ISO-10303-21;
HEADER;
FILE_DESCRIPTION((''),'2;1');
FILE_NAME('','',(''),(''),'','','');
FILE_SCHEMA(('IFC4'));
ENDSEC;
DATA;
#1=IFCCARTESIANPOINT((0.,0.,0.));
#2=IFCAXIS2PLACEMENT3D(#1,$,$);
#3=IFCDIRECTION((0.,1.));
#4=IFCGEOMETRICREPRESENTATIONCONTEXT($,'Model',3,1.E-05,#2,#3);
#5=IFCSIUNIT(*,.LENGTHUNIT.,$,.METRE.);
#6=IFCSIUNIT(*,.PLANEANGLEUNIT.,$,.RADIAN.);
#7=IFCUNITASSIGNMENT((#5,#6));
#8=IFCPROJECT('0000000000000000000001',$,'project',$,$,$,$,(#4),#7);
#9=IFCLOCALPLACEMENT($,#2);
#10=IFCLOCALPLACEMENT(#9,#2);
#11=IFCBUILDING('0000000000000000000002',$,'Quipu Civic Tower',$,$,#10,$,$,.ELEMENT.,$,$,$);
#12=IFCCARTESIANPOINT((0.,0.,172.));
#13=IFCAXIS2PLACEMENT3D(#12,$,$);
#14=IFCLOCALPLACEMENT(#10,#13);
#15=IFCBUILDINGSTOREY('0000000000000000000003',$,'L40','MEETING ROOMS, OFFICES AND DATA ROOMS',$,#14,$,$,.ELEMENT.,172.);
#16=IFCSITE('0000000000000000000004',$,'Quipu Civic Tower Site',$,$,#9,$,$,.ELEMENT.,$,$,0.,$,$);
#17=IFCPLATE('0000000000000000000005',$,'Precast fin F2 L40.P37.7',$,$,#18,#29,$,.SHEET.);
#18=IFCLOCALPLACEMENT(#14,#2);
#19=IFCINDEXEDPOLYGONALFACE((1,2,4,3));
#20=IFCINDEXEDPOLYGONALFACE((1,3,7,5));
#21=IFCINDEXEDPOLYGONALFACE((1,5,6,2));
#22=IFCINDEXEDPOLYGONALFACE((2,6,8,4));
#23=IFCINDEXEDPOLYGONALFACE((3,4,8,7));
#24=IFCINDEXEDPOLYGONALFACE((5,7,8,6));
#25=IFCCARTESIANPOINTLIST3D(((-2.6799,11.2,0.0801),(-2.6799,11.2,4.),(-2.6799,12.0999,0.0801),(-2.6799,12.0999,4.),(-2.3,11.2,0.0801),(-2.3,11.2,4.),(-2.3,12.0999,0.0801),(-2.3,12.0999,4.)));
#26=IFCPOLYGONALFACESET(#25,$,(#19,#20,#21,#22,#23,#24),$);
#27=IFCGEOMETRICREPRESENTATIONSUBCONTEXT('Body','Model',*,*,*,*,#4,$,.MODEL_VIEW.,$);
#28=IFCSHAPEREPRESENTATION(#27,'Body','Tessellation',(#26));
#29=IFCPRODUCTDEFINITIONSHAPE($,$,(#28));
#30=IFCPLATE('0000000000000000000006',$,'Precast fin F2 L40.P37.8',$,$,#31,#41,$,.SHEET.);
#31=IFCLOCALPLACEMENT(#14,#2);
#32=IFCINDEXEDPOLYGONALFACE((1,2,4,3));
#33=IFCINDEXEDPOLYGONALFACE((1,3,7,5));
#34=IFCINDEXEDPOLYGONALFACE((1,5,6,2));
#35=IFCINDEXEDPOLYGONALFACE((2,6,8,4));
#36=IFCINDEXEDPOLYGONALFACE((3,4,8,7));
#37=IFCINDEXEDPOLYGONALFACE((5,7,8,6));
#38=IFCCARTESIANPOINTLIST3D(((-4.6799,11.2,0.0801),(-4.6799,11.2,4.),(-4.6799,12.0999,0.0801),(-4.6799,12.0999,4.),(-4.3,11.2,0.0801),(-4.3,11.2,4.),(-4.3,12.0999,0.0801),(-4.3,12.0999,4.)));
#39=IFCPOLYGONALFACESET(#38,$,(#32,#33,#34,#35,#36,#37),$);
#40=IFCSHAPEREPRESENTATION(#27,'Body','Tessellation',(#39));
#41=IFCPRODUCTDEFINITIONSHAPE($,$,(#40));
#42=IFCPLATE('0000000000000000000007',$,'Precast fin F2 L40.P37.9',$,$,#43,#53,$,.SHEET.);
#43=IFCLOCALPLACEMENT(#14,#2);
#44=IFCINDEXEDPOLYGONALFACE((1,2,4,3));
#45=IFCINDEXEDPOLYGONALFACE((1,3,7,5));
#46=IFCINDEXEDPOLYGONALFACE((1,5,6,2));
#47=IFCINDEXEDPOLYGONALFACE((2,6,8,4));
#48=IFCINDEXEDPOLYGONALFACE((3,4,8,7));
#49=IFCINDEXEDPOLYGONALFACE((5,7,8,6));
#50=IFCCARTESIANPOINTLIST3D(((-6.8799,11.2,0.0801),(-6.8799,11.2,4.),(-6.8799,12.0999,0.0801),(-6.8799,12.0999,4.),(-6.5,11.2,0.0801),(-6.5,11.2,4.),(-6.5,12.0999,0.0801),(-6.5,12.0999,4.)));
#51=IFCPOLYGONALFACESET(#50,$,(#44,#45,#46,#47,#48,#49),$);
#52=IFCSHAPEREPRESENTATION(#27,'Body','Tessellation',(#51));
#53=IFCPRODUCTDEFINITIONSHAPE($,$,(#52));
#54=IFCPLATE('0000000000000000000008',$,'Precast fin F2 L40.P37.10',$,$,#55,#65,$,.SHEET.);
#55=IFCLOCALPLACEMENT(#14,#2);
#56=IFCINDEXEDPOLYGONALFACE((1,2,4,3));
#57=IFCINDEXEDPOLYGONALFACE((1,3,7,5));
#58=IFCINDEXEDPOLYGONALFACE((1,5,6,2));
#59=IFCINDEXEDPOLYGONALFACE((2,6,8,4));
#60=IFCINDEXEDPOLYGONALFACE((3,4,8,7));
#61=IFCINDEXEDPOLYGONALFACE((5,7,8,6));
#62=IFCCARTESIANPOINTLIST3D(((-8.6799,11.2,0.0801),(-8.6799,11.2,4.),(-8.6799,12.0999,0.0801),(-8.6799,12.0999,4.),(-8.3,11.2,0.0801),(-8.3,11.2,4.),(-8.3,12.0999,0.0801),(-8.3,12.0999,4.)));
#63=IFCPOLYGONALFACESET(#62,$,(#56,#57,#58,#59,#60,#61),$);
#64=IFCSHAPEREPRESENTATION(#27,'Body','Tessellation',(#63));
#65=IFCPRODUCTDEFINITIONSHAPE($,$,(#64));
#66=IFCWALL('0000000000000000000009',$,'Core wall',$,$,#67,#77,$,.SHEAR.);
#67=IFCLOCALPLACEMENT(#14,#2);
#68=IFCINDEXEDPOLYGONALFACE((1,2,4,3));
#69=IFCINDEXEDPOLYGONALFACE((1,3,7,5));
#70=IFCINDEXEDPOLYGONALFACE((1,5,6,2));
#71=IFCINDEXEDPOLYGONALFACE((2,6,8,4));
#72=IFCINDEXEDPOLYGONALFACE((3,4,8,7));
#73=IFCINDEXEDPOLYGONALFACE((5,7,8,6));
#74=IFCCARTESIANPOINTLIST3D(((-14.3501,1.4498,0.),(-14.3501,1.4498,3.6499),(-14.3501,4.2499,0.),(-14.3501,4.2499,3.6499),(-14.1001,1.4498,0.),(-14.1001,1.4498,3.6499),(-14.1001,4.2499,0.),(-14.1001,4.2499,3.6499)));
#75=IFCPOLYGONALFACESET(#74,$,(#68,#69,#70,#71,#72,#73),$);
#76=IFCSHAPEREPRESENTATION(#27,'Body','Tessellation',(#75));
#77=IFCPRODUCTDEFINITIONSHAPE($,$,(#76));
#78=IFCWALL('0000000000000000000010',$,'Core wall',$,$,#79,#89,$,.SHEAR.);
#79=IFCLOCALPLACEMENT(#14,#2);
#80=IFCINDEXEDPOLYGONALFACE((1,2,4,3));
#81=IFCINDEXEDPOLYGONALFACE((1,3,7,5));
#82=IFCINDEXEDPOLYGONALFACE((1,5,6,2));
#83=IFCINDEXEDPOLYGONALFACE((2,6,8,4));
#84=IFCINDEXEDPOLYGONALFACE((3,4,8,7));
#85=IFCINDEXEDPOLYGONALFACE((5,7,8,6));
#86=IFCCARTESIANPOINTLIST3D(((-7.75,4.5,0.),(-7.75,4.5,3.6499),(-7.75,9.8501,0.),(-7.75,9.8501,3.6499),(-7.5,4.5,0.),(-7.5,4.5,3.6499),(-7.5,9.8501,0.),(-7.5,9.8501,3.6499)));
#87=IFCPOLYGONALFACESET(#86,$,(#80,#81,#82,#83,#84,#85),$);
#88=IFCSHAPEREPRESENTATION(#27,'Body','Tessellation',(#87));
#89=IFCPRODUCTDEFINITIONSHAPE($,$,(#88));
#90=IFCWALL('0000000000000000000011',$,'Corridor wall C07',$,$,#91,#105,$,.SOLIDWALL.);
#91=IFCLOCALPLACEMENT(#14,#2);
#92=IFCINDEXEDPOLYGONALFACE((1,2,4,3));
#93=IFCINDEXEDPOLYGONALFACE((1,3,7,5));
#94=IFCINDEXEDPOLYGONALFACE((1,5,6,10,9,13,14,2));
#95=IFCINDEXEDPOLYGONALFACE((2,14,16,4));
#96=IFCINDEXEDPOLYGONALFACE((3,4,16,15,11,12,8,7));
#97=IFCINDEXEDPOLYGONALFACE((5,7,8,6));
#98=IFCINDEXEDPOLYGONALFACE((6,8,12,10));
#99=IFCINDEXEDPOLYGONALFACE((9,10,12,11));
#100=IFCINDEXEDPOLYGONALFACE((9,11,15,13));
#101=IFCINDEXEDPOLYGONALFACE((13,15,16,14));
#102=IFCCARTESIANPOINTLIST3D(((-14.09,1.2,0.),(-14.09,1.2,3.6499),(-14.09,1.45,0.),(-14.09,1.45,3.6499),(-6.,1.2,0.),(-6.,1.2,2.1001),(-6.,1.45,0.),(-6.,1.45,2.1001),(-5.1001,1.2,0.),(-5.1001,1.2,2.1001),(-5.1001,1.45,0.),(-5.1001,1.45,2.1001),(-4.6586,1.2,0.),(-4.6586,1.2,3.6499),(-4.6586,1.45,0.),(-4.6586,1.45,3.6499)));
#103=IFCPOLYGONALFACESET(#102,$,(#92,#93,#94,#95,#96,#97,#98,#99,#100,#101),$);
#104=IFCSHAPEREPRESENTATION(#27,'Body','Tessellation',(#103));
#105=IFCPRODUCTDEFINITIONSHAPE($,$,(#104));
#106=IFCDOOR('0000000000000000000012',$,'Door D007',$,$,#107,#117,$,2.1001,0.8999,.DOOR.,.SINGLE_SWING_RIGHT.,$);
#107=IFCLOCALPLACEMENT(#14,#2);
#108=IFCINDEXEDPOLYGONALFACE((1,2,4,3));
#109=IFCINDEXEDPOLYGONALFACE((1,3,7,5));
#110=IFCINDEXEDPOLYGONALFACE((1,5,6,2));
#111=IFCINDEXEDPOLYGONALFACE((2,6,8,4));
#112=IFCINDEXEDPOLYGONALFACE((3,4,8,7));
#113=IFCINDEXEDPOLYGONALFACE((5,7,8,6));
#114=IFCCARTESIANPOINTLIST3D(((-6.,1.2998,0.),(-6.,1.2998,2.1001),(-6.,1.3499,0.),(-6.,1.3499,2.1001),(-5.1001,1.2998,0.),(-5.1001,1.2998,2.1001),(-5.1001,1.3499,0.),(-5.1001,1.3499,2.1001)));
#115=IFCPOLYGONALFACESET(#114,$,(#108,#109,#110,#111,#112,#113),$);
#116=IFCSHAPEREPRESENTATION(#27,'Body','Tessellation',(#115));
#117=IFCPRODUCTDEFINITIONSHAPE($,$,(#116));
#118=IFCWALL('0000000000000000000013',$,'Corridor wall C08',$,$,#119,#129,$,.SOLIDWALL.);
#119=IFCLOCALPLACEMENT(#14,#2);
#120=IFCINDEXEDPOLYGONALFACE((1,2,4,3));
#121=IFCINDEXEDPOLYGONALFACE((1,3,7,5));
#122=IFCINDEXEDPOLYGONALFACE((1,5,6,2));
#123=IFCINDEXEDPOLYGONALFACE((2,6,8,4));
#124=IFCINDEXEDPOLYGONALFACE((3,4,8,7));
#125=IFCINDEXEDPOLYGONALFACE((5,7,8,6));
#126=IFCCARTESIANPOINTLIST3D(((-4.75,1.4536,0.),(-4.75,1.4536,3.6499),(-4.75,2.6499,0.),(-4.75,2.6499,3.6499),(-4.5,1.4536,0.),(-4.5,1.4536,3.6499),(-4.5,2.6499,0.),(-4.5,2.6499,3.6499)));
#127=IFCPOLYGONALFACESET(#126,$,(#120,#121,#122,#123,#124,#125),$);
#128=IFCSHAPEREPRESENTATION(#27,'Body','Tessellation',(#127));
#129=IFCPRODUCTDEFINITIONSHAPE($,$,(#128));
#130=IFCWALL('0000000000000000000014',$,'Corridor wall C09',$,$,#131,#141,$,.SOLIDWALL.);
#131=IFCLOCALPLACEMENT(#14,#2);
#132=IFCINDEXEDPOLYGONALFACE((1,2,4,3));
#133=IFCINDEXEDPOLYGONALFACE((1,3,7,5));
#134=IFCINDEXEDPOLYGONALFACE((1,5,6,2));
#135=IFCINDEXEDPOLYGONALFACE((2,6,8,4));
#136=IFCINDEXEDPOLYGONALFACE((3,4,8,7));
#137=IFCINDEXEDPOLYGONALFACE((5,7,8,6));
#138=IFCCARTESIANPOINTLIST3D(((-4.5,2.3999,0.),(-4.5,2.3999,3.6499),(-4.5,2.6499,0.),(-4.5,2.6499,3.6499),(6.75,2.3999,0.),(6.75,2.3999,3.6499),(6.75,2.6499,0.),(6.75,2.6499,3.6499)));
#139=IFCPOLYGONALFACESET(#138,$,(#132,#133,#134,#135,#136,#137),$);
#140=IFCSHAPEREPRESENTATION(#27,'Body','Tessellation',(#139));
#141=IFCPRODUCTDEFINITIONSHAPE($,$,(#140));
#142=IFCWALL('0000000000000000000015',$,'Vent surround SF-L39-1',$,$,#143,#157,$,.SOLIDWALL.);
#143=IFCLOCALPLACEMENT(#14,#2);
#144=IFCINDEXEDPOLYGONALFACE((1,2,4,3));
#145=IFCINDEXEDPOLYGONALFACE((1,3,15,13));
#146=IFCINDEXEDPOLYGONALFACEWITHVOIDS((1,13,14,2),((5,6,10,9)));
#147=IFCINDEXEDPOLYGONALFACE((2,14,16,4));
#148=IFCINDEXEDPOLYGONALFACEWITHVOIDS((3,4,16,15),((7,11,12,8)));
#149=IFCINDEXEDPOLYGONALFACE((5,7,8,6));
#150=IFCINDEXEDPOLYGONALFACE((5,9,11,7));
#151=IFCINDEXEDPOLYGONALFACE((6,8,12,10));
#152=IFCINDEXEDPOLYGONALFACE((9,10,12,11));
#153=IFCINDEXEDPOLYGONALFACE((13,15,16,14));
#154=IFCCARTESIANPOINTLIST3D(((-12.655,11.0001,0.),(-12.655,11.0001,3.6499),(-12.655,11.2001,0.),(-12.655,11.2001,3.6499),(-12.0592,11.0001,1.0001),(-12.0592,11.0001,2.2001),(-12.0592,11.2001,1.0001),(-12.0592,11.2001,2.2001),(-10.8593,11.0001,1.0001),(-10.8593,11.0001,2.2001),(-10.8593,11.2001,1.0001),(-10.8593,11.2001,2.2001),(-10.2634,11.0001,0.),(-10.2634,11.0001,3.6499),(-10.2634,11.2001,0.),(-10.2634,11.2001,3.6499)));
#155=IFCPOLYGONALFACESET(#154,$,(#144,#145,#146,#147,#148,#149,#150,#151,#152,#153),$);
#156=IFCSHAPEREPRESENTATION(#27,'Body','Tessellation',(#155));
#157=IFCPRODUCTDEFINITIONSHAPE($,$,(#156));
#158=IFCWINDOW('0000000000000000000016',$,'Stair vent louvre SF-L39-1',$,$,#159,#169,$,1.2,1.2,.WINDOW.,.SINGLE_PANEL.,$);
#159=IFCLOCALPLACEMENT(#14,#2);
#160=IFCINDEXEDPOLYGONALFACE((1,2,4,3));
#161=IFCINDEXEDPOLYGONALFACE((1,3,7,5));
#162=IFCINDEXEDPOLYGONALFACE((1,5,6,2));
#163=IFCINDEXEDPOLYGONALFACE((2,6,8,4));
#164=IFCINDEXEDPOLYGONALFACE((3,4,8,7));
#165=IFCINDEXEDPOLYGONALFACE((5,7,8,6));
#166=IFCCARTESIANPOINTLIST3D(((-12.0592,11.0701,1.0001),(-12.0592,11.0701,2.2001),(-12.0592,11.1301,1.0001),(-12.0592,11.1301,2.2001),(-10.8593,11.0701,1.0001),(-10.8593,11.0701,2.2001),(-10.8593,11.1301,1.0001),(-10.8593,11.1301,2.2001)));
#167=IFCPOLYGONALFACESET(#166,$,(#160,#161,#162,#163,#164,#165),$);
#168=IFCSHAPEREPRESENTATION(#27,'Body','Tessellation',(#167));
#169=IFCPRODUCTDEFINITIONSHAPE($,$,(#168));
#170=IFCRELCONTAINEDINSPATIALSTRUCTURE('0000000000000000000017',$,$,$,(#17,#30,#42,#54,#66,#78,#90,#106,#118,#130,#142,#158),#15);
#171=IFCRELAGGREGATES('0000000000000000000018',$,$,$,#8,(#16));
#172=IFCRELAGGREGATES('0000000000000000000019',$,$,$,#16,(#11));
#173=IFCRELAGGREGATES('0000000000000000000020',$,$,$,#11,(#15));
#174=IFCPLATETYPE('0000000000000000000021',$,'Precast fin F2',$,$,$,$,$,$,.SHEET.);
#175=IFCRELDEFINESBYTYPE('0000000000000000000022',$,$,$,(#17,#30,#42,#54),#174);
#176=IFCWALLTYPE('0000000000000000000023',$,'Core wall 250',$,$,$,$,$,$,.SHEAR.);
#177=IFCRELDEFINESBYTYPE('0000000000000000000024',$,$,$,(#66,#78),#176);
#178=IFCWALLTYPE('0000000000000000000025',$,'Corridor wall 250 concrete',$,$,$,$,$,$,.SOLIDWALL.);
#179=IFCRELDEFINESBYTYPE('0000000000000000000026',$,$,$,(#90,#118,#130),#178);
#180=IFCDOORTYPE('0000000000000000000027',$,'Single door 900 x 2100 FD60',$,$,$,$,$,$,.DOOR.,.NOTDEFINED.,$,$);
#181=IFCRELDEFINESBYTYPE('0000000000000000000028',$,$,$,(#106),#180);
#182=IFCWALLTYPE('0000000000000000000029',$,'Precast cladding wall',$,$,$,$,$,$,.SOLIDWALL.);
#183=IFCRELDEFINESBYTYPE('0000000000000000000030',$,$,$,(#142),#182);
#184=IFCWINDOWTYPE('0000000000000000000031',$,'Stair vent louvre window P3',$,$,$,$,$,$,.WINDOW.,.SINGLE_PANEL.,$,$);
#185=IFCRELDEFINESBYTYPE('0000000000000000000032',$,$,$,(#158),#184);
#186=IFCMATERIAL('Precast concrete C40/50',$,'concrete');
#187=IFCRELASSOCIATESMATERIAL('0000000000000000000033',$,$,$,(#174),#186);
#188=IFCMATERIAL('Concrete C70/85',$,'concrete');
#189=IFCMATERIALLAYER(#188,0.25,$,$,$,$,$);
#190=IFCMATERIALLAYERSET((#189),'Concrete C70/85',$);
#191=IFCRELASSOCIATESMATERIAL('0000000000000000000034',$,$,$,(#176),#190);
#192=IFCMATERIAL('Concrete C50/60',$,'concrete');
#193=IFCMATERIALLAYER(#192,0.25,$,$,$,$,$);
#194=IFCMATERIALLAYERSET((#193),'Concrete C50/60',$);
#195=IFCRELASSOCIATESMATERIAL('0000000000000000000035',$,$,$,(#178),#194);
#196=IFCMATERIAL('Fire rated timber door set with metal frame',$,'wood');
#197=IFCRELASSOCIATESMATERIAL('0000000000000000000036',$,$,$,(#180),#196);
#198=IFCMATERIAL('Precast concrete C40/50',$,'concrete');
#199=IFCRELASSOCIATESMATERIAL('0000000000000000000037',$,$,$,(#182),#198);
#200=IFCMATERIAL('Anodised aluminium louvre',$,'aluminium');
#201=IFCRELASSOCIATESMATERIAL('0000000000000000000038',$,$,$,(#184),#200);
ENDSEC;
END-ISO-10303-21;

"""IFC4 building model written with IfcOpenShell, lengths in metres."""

from ifc_helpers import new_model, si_unit, direction, frame, frame_2d, origin, origin_2d, place, context, subcontext, project, spatial, rectangle, extrude, material, layer, layer_set, type_object, element, fill, save


model = new_model("IFC4")

# Units and contexts
model_context = context("Model", 3, precision=1e-05, world=origin(), true_north=direction((0.0, 1.0)))
body_context = subcontext(model_context, "Body", "Model", "MODEL_VIEW")
ifc_project = project(units=[si_unit("LENGTHUNIT", "METRE"), si_unit("PLANEANGLEUNIT", "RADIAN")], contexts=[model_context])

# Site, building, storey
site_placement = place(None, origin())
site = spatial("IfcSite", under=ifc_project, at=site_placement, Name="Quipu Civic Tower Site", CompositionType="ELEMENT", RefElevation=0.0)
building_placement = place(site_placement, origin())
building = spatial("IfcBuilding", under=site, at=building_placement, Name="Quipu Civic Tower", CompositionType="ELEMENT")
storey_placement = place(building_placement, frame((0.0, 0.0, 172.0)))
storey = spatial("IfcBuildingStorey", under=building, at=storey_placement, Name="L40", Description="MEETING ROOMS, OFFICES AND DATA ROOMS", CompositionType="ELEMENT", Elevation=172.0)

# Plates
ifc_material_1 = material(Name="Precast concrete C40/50", Category="concrete")
plate_type_1 = type_object("IfcPlateType", Name="Precast fin F2", PredefinedType="SHEET", material=ifc_material_1)
for number, where, z_axis, x_axis, name in (
    (1, (-2.49, 11.6499, 0.0801), (0.0, 0.0, 1.0), (-1.0, 0.0, 0.0), "Precast fin F2 L40.P37.7"),
    (2, (-4.49, 11.6499, 0.0801), (0.0, 0.0, 1.0), (-1.0, 0.0, 0.0), "Precast fin F2 L40.P37.8"),
    (3, (-6.6899, 11.6499, 0.0801), (0.0, 0.0, 1.0), (-1.0, 0.0, 0.0), "Precast fin F2 L40.P37.9"),
    (4, (-8.49, 11.6499, 0.0801), (0.0, 0.0, 1.0), (-1.0, 0.0, 0.0), "Precast fin F2 L40.P37.10"),
):
    element("IfcPlate", number, at=place(storey_placement, frame(where, z_axis=z_axis, x_axis=x_axis)), inside=storey, type_object=plate_type_1, Name=name, PredefinedType="SHEET", context=body_context, shape_type="SweptSolid", body=[
        extrude(rectangle(XDim=0.3799, YDim=0.8999, at=origin_2d()), origin(), (0.0, 0.0, 1.0), 3.9199),
    ])

# Walls
ifc_material_2 = material(Name="Concrete C70/85", Category="concrete")
ifc_layer_1 = layer(ifc_material_2, 0.25)
ifc_layer_set_1 = layer_set([ifc_layer_1], Name="Concrete C70/85")
wall_type_1 = type_object("IfcWallType", Name="Core wall 250", PredefinedType="SHEAR", material=ifc_layer_set_1)
wall_1_placement = place(storey_placement, frame((-14.2251, 1.45, 0.0), z_axis=(0.0, 0.0, 1.0), x_axis=(0.0, 1.0, 0.0)))
element("IfcWall", 5, at=wall_1_placement, inside=storey, type_object=wall_type_1, Name="Core wall", PredefinedType="SHEAR", context=body_context, shape_type="SweptSolid", body=[
    extrude(rectangle(XDim=2.8, YDim=0.25, at=frame_2d((1.3999, 0.0))), origin(), (0.0, 0.0, 1.0), 3.6499),
])
wall_2_placement = place(storey_placement, frame((-7.625, 4.5, 0.0), z_axis=(0.0, 0.0, 1.0), x_axis=(0.0, 1.0, 0.0)))
element("IfcWall", 6, at=wall_2_placement, inside=storey, type_object=wall_type_1, Name="Core wall", PredefinedType="SHEAR", context=body_context, shape_type="SweptSolid", body=[
    extrude(rectangle(XDim=5.3501, YDim=0.25, at=frame_2d((2.675, 0.0))), origin(), (0.0, 0.0, 1.0), 3.6499),
])

# Wall, opening, door
ifc_material_3 = material(Name="Concrete C50/60", Category="concrete")
ifc_layer_2 = layer(ifc_material_3, 0.25)
ifc_layer_set_2 = layer_set([ifc_layer_2], Name="Concrete C50/60")
wall_type_2 = type_object("IfcWallType", Name="Corridor wall 250 concrete", PredefinedType="SOLIDWALL", material=ifc_layer_set_2)
wall_3_placement = place(storey_placement, frame((-14.0901, 1.325, 0.0), z_axis=(0.0, 0.0, 1.0), x_axis=(1.0, 0.0, 0.0)))
wall_3 = element("IfcWall", 7, at=wall_3_placement, inside=storey, type_object=wall_type_2, Name="Corridor wall C07", PredefinedType="SOLIDWALL", context=body_context, shape_type="SweptSolid", body=[
    extrude(rectangle(XDim=9.4314, YDim=0.25, at=frame_2d((4.7158, 0.0))), origin(), (0.0, 0.0, 1.0), 3.6499),
])
opening_1_placement = place(wall_3_placement, frame((8.0901, 0.0, 0.0)))
opening_1 = element("IfcOpeningElement", 8, at=opening_1_placement, cuts=wall_3, PredefinedType="OPENING", context=body_context, shape_type="SweptSolid", body=[
    extrude(rectangle(XDim=0.8999, YDim=2.1001, at=frame_2d((0.45, 1.05))), frame((0.0, 0.135, 0.0), z_axis=(0.0, -1.0, 0.0), x_axis=(1.0, 0.0, 0.0)), (0.0, 0.0, 1.0), 0.27),
])
ifc_material_4 = material(Name="Fire rated timber door set with metal frame", Category="wood")
door_type = type_object("IfcDoorType", Name="Single door 900 x 2100 FD60", OperationType="NOTDEFINED", PredefinedType="DOOR", material=ifc_material_4)
door_placement = place(opening_1_placement, origin())
door = element("IfcDoor", 9, at=door_placement, inside=storey, type_object=door_type, Name="Door D007", OperationType="SINGLE_SWING_RIGHT", OverallHeight=2.1001, OverallWidth=0.8999, PredefinedType="DOOR", context=body_context, shape_type="SweptSolid", body=[
    extrude(rectangle(XDim=0.8999, YDim=2.1001, at=frame_2d((0.45, 1.05))), frame((0.0, 0.0249, 0.0), z_axis=(0.0, -1.0, 0.0), x_axis=(1.0, 0.0, 0.0)), (0.0, 0.0, 1.0), 0.05),
])
fill(opening_1, door)

# Walls
wall_4_placement = place(storey_placement, frame((-4.625, 1.4536, 0.0), z_axis=(0.0, 0.0, 1.0), x_axis=(0.0, 1.0, 0.0)))
element("IfcWall", 10, at=wall_4_placement, inside=storey, type_object=wall_type_2, Name="Corridor wall C08", PredefinedType="SOLIDWALL", context=body_context, shape_type="SweptSolid", body=[
    extrude(rectangle(XDim=1.1963, YDim=0.25, at=frame_2d((0.5981, 0.0))), origin(), (0.0, 0.0, 1.0), 3.6499),
])
wall_5_placement = place(storey_placement, frame((-4.5, 2.5249, 0.0), z_axis=(0.0, 0.0, 1.0), x_axis=(1.0, 0.0, 0.0)))
element("IfcWall", 11, at=wall_5_placement, inside=storey, type_object=wall_type_2, Name="Corridor wall C09", PredefinedType="SOLIDWALL", context=body_context, shape_type="SweptSolid", body=[
    extrude(rectangle(XDim=11.25, YDim=0.25, at=frame_2d((5.625, 0.0))), origin(), (0.0, 0.0, 1.0), 3.6499),
])

# Wall, opening, window
ifc_material_5 = material(Name="Precast concrete C40/50", Category="concrete")
wall_type_3 = type_object("IfcWallType", Name="Precast cladding wall", PredefinedType="SOLIDWALL", material=ifc_material_5)
wall_6_placement = place(storey_placement, frame((-10.2634, 11.1001, 0.0), z_axis=(0.0, 0.0, 1.0), x_axis=(-1.0, 0.0, 0.0)))
wall_6 = element("IfcWall", 12, at=wall_6_placement, inside=storey, type_object=wall_type_3, Name="Vent surround SF-L39-1", PredefinedType="SOLIDWALL", context=body_context, shape_type="SweptSolid", body=[
    extrude(rectangle(XDim=2.3916, YDim=0.2, at=frame_2d((1.1958, 0.0))), origin(), (0.0, 0.0, 1.0), 3.6499),
])
opening_2_placement = place(wall_6_placement, frame((0.5957, 0.0, 1.0)))
opening_2 = element("IfcOpeningElement", 13, at=opening_2_placement, cuts=wall_6, PredefinedType="OPENING", context=body_context, shape_type="SweptSolid", body=[
    extrude(rectangle(XDim=1.2, YDim=1.2, at=frame_2d((0.6001, 0.6001))), frame((0.0, 0.1099, 0.0), z_axis=(0.0, -1.0, 0.0), x_axis=(1.0, 0.0, 0.0)), (0.0, 0.0, 1.0), 0.22),
])
ifc_material_6 = material(Name="Anodised aluminium louvre", Category="aluminium")
window_type = type_object("IfcWindowType", Name="Stair vent louvre window P3", PartitioningType="SINGLE_PANEL", PredefinedType="WINDOW", material=ifc_material_6)
window_placement = place(opening_2_placement, origin())
window = element("IfcWindow", 14, at=window_placement, inside=storey, type_object=window_type, Name="Stair vent louvre SF-L39-1", OverallHeight=1.2, OverallWidth=1.2, PartitioningType="SINGLE_PANEL", PredefinedType="WINDOW", context=body_context, shape_type="SweptSolid", body=[
    extrude(rectangle(XDim=1.2, YDim=1.2, at=frame_2d((0.6001, 0.6001))), frame((0.0, 0.03, 0.0), z_axis=(0.0, -1.0, 0.0), x_axis=(1.0, 0.0, 0.0)), (0.0, 0.0, 1.0), 0.0601),
])
fill(opening_2, window)

save(model, "model.ifc")
